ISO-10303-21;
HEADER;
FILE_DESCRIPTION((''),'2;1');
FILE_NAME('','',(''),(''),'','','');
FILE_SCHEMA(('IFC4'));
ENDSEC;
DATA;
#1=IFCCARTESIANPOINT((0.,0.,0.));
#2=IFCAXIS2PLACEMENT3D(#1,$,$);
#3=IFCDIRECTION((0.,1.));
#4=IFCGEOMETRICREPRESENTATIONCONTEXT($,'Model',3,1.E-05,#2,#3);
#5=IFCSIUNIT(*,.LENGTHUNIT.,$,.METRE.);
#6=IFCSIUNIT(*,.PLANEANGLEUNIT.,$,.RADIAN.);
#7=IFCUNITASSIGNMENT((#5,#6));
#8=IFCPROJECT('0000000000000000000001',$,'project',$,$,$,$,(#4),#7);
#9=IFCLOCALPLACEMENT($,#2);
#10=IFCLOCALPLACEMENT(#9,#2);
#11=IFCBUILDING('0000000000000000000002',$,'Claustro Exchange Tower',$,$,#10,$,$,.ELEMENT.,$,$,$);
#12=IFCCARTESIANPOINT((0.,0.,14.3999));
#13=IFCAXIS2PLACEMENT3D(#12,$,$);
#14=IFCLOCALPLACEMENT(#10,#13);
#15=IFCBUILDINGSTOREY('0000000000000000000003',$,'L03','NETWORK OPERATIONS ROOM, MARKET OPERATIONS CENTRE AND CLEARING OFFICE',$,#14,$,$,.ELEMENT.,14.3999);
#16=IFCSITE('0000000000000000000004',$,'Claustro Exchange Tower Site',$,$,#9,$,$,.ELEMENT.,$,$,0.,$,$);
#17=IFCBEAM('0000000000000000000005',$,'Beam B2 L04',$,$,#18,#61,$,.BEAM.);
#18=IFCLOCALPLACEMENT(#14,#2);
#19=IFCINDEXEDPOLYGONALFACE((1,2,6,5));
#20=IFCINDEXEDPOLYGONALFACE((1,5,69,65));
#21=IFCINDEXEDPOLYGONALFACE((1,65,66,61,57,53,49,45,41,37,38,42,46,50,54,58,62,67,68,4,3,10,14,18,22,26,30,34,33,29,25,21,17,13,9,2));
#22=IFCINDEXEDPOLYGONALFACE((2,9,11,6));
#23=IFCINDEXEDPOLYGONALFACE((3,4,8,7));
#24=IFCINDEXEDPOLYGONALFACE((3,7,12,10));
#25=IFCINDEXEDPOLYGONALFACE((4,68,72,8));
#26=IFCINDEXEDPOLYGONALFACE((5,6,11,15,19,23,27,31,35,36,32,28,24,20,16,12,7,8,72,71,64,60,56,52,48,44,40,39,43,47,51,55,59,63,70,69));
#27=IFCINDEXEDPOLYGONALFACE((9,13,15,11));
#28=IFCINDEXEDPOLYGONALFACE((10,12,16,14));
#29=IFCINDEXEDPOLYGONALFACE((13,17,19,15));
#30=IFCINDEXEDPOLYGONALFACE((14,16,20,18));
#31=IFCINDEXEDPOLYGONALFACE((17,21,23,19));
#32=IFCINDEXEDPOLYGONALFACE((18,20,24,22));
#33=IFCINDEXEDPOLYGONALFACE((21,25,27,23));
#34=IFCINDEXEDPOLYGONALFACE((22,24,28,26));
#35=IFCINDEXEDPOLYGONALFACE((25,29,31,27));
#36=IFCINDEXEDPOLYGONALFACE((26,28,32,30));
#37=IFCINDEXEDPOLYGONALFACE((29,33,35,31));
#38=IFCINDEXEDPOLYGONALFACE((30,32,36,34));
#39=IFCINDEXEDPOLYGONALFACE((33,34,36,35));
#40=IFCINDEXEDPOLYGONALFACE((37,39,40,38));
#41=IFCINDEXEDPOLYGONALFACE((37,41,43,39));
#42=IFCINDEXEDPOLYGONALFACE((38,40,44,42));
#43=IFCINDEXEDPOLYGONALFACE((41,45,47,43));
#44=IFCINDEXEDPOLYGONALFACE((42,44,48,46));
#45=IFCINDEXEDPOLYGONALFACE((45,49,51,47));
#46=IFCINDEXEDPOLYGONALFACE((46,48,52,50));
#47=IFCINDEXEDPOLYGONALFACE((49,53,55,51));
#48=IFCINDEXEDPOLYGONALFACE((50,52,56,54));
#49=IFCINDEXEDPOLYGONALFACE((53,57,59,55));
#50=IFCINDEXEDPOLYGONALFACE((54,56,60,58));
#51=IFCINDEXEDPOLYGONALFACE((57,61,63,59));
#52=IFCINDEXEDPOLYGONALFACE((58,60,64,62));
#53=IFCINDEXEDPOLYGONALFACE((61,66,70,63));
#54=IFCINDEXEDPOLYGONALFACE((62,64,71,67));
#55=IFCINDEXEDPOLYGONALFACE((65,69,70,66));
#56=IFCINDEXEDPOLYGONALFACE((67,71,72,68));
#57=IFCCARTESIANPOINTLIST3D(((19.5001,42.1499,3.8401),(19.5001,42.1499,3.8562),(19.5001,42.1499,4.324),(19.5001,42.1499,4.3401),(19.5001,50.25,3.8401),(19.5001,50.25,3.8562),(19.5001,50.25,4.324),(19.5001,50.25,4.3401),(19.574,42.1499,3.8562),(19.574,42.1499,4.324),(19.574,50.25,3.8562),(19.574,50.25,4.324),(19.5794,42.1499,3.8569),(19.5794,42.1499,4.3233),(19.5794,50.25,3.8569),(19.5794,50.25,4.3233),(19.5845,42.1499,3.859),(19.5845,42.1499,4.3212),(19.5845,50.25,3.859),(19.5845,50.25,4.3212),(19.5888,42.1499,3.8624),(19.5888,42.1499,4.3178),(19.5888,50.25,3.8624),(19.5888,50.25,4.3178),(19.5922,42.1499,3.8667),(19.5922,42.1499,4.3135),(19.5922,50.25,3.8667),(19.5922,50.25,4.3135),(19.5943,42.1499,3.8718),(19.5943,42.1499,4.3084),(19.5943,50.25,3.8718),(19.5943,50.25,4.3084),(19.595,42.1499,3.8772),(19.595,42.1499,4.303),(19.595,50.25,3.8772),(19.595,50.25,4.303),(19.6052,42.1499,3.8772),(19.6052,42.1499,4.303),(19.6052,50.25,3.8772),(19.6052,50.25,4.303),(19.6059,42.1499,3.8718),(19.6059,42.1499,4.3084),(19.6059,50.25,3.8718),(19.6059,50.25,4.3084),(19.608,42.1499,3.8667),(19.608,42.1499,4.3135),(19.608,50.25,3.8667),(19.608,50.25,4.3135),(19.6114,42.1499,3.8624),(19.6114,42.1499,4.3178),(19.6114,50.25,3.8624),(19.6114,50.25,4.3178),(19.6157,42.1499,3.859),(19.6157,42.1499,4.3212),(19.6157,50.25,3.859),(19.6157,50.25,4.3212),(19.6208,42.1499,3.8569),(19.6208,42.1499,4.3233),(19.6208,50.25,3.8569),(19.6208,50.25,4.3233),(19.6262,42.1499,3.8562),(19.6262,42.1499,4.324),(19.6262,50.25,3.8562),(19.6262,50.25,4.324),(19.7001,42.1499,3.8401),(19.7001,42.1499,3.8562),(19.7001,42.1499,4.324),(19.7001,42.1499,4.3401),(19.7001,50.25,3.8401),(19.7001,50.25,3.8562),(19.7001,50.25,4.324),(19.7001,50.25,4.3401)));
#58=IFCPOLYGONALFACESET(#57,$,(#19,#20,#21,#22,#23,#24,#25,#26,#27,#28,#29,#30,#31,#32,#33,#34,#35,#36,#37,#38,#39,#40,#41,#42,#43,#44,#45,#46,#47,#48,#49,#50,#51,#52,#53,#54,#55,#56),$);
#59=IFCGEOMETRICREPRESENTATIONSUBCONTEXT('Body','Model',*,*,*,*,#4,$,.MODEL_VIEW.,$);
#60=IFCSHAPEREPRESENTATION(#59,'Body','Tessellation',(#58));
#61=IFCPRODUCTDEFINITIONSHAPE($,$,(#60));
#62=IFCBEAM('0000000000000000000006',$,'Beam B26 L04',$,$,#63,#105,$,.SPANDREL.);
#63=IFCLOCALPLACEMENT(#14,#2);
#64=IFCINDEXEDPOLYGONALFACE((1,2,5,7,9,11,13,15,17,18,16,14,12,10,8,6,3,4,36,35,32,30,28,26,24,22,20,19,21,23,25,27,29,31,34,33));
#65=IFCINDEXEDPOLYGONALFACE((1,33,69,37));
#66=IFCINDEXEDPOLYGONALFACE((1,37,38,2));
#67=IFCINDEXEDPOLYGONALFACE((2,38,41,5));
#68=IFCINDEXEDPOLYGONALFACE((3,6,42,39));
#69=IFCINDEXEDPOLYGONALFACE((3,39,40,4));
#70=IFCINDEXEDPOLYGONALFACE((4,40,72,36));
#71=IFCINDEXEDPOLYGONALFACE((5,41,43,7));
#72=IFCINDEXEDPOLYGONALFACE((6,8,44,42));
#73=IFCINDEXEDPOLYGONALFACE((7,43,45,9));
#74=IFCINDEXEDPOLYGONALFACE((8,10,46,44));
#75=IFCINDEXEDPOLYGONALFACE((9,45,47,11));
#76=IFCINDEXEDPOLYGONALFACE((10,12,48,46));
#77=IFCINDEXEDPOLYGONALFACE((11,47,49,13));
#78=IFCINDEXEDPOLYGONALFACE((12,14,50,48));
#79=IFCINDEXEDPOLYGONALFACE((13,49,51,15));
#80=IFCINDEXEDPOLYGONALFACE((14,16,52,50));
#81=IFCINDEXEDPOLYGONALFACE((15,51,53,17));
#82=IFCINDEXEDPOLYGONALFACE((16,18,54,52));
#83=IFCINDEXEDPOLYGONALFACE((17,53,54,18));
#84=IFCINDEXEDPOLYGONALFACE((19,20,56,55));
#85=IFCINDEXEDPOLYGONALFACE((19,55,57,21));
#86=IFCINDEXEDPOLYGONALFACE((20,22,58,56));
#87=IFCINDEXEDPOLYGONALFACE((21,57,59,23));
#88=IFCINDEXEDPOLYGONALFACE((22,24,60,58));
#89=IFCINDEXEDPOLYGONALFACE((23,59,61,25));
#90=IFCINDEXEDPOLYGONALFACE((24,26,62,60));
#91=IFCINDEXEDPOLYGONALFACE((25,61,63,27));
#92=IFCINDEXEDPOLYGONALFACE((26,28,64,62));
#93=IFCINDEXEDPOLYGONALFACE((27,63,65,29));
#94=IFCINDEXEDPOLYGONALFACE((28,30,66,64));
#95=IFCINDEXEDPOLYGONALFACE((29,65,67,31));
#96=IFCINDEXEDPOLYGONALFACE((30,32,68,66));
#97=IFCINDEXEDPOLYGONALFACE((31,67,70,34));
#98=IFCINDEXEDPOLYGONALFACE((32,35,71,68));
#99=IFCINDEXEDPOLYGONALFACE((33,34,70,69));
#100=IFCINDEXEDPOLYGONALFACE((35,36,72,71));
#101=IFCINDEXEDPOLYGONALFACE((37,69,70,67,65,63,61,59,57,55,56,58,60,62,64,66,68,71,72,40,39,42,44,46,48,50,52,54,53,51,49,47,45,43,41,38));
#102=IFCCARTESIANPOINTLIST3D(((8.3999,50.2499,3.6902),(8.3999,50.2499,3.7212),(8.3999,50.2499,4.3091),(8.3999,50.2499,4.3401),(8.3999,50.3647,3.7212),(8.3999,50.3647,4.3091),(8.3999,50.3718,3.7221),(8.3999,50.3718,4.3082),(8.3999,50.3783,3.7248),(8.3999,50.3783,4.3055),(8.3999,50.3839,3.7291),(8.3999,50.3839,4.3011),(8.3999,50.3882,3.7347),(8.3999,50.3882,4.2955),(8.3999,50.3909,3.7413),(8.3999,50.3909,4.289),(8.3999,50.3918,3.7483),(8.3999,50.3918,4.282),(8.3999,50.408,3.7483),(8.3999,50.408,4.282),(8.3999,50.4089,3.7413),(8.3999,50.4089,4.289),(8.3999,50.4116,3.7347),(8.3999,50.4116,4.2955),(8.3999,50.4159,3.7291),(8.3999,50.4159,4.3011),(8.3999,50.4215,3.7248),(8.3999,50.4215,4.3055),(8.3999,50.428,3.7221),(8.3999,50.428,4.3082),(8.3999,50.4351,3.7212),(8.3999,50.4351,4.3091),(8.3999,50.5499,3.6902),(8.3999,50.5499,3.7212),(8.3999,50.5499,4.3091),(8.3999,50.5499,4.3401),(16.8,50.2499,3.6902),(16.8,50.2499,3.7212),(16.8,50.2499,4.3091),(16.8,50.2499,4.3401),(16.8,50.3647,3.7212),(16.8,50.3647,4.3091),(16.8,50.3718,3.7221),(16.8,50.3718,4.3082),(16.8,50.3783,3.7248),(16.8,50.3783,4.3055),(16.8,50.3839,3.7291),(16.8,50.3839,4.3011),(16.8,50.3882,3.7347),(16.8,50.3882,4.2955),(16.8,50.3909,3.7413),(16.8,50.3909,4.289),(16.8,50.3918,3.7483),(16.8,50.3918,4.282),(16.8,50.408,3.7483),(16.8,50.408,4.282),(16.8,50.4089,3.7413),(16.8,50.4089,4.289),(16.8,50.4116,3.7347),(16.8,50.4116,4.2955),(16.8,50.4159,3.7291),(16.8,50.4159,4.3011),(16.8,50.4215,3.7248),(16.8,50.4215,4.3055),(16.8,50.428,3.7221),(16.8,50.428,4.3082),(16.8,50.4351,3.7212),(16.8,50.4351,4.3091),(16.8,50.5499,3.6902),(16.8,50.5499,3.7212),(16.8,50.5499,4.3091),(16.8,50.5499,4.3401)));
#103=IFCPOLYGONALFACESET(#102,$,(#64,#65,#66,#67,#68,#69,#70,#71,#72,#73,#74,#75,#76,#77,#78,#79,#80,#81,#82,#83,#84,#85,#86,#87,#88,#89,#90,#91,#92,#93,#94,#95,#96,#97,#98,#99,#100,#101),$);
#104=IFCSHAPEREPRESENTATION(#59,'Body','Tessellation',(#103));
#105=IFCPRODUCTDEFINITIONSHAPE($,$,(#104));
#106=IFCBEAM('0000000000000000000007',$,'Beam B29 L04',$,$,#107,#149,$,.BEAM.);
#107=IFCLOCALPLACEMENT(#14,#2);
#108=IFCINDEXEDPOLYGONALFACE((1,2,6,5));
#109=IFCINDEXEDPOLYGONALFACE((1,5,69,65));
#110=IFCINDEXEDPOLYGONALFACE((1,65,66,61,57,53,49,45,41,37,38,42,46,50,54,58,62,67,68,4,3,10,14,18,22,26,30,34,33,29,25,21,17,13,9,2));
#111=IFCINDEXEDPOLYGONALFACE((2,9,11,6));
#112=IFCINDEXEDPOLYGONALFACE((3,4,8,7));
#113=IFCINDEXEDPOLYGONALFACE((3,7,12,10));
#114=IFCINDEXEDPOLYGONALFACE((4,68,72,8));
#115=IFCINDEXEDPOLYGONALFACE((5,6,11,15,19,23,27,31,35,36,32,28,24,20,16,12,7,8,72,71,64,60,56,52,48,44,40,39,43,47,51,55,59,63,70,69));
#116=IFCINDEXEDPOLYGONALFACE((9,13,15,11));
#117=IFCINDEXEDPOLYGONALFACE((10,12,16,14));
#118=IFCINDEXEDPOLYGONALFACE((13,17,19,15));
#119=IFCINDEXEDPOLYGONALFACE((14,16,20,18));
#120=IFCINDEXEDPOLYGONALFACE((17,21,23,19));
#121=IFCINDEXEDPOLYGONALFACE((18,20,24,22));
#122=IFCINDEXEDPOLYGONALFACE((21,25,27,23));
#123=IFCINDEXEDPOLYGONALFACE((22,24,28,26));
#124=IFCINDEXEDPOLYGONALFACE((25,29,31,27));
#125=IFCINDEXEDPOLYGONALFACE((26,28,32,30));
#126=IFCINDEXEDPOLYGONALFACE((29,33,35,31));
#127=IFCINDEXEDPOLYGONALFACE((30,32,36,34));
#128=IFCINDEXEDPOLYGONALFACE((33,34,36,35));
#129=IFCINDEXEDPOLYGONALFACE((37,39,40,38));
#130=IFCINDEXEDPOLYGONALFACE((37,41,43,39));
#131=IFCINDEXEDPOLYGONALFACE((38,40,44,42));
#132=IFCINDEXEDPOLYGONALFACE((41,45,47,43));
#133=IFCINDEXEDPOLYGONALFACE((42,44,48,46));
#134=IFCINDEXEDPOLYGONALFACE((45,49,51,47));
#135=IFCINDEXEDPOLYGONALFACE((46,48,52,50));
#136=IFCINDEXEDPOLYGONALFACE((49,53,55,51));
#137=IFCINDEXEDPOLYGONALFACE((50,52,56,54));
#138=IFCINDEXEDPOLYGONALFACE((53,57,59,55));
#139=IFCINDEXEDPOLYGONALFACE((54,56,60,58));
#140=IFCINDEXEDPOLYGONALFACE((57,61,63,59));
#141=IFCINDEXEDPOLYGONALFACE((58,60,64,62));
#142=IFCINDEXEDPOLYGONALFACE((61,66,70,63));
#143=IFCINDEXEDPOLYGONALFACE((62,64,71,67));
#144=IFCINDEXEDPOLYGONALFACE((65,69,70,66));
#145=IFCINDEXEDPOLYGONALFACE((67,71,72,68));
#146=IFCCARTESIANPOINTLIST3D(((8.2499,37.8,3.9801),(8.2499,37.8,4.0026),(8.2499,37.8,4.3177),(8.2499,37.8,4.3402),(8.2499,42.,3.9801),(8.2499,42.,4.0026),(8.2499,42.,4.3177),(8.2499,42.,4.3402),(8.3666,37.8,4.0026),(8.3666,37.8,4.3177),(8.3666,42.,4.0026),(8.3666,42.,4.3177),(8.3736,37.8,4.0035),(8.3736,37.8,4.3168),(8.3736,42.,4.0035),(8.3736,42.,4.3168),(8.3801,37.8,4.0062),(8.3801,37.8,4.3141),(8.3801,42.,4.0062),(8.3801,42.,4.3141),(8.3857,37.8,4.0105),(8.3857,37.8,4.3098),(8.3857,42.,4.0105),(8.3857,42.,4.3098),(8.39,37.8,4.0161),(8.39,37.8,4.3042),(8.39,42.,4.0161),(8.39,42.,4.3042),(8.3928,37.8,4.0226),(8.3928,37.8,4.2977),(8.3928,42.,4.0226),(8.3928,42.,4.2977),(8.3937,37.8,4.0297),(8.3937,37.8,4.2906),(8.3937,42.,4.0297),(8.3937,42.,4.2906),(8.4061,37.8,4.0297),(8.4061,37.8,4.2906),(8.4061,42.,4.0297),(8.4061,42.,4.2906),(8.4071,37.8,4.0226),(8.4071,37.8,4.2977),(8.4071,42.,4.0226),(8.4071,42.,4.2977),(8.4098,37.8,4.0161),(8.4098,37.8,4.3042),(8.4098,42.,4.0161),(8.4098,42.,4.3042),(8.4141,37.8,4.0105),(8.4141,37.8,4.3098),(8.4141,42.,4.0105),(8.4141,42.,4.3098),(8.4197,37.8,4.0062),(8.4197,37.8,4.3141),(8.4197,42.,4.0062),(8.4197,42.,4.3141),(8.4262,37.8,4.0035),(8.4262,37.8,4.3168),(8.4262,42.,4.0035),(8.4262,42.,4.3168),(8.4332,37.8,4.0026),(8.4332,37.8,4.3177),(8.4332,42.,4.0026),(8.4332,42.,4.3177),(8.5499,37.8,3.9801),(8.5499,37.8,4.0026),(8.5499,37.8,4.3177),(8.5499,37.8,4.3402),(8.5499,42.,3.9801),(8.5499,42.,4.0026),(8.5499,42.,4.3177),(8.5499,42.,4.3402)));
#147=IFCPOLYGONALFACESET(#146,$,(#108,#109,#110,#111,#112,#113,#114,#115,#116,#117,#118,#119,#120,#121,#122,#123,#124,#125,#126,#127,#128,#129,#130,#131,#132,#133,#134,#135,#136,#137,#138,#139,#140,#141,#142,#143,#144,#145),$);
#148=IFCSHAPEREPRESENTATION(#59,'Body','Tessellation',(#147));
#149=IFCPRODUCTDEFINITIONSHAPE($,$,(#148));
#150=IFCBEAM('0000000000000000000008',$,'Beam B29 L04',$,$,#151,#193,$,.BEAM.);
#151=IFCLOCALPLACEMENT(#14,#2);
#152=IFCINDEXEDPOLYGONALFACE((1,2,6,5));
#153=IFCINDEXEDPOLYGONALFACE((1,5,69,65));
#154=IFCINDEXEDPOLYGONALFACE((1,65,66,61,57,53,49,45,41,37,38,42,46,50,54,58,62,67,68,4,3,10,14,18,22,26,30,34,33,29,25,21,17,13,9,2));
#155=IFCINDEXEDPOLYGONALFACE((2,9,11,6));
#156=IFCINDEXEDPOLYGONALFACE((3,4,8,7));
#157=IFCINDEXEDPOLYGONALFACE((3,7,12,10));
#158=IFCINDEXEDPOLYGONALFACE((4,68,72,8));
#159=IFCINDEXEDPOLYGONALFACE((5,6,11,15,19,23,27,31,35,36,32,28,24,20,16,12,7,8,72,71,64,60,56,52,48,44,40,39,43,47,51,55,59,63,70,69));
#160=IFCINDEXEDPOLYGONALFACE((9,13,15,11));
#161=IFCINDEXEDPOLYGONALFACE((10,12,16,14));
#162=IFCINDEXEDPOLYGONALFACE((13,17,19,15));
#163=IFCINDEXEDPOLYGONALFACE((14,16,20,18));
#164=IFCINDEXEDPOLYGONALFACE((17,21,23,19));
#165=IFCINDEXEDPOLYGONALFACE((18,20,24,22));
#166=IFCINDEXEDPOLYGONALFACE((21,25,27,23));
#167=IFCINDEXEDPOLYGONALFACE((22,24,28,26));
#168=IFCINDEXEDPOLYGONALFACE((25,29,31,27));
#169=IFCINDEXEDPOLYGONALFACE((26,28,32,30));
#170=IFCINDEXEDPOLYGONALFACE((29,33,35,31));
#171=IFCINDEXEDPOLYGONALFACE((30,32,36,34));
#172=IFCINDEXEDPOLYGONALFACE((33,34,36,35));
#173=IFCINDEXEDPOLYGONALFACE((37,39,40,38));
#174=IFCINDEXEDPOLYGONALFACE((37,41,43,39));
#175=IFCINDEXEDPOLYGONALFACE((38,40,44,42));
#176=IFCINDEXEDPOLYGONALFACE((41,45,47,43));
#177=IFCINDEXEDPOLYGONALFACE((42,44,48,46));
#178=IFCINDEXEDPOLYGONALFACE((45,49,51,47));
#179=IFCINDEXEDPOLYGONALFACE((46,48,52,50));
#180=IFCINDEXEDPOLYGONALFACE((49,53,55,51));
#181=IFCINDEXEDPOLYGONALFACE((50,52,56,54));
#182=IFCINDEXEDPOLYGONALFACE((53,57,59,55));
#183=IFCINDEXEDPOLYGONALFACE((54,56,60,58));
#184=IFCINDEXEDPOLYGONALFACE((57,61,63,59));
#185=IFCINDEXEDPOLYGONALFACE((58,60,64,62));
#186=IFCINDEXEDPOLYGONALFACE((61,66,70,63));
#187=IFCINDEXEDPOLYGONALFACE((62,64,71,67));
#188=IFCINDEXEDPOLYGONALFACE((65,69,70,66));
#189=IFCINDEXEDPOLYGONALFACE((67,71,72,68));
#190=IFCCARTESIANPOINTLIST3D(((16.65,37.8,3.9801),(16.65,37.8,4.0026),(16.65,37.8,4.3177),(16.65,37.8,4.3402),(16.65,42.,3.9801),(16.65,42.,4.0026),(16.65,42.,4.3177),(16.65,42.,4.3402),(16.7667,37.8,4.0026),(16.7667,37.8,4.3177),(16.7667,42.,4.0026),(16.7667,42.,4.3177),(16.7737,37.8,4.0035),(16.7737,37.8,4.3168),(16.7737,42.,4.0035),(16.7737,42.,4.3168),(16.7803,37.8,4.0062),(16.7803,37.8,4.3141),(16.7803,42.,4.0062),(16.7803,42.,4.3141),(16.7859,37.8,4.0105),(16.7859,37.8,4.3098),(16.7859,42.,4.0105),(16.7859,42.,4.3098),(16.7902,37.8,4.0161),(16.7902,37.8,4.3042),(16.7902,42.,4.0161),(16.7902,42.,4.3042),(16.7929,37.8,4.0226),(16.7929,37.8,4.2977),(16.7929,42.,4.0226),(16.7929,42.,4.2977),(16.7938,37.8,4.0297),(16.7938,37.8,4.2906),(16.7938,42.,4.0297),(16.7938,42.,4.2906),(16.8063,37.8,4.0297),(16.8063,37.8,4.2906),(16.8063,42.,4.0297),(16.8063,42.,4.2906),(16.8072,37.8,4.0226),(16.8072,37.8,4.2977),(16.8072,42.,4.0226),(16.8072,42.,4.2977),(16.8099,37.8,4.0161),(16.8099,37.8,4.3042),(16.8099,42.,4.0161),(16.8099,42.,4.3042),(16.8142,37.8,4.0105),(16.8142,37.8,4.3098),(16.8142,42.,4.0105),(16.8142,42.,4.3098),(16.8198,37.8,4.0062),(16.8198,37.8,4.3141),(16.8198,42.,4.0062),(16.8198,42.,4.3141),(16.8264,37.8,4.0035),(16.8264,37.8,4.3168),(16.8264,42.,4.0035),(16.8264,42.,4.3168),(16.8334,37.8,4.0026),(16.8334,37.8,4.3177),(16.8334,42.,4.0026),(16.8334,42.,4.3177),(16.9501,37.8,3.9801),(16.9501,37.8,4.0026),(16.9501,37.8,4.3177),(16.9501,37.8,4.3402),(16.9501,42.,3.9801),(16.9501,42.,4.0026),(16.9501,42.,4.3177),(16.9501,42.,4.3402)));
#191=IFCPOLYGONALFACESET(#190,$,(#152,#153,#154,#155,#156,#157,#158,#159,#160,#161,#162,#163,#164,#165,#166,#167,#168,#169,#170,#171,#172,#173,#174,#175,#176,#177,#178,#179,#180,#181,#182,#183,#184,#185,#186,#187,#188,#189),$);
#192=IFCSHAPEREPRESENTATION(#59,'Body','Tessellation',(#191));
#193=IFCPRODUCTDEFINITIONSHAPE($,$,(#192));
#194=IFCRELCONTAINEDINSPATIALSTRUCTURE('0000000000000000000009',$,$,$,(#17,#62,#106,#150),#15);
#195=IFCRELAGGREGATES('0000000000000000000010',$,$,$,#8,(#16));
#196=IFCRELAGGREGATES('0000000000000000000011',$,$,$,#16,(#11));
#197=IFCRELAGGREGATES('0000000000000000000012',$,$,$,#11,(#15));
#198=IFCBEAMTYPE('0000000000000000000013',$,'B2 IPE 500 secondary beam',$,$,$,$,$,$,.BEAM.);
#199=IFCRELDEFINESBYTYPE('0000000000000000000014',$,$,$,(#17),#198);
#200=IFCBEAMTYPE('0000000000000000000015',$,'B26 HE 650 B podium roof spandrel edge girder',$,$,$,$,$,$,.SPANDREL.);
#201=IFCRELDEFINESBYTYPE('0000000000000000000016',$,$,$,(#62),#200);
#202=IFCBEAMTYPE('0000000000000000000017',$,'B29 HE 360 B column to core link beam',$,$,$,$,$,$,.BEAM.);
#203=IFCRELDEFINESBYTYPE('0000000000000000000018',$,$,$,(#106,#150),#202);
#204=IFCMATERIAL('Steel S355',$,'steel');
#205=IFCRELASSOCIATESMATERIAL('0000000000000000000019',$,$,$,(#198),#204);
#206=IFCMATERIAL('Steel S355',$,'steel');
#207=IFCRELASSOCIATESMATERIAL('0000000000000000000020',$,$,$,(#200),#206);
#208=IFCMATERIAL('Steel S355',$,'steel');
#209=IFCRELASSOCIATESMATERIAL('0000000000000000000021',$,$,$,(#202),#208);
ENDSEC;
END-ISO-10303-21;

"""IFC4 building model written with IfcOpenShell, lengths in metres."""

from ifc_helpers import new_model, si_unit, direction, frame, origin, origin_2d, place, context, subcontext, project, spatial, i_section, extrude, material, material_profile, profile_set, type_object, element, save


model = new_model("IFC4")

# Units and contexts
model_context = context("Model", 3, precision=1e-05, world=origin(), true_north=direction((0.0, 1.0)))
body_context = subcontext(model_context, "Body", "Model", "MODEL_VIEW")
ifc_project = project(units=[si_unit("LENGTHUNIT", "METRE"), si_unit("PLANEANGLEUNIT", "RADIAN")], contexts=[model_context])

# Site, building, storey
site_placement = place(None, origin())
site = spatial("IfcSite", under=ifc_project, at=site_placement, Name="Claustro Exchange Tower Site", CompositionType="ELEMENT", RefElevation=0.0)
building_placement = place(site_placement, origin())
building = spatial("IfcBuilding", under=site, at=building_placement, Name="Claustro Exchange Tower", CompositionType="ELEMENT")
storey_placement = place(building_placement, frame((0.0, 0.0, 14.3999)))
storey = spatial("IfcBuildingStorey", under=building, at=storey_placement, Name="L03", Description="NETWORK OPERATIONS ROOM, MARKET OPERATIONS CENTRE AND CLEARING OFFICE", CompositionType="ELEMENT", Elevation=14.3999)

# Beams
ifc_material_1 = material(Name="Steel S355", Category="steel")
ifc_material_profile_1 = material_profile(ifc_material_1, i_section(OverallWidth=0.2, OverallDepth=0.5, WebThickness=0.0103, FlangeThickness=0.0161, FilletRadius=0.021, at=origin_2d()), Name="IPE 500")
ifc_profile_set_1 = profile_set([ifc_material_profile_1], Name="Steel S355")
beam_type_1 = type_object("IfcBeamType", Name="B2 IPE 500 secondary beam", PredefinedType="BEAM", material=ifc_profile_set_1)
for number, where, z_axis, x_axis, name in (
    (1, (19.6001, 42.1499, 4.0901), (0.0, 1.0, 0.0), (-1.0, 0.0, 0.0), "Beam B2 L04"),
):
    element("IfcBeam", number, at=place(storey_placement, frame(where, z_axis=z_axis, x_axis=x_axis)), inside=storey, type_object=beam_type_1, Name=name, PredefinedType="BEAM", context=body_context, shape_type="SweptSolid", body=[
        extrude(i_section(OverallWidth=0.2, OverallDepth=0.5, WebThickness=0.0103, FlangeThickness=0.0161, FilletRadius=0.021, at=origin_2d()), origin(), (0.0, 0.0, 1.0), 8.1001),
    ])
ifc_material_2 = material(Name="Steel S355", Category="steel")
ifc_material_profile_2 = material_profile(ifc_material_2, i_section(OverallWidth=0.3, OverallDepth=0.6499, WebThickness=0.0161, FlangeThickness=0.031, FilletRadius=0.0271, at=origin_2d()), Name="HE 650 B")
ifc_profile_set_2 = profile_set([ifc_material_profile_2], Name="Steel S355")
beam_type_2 = type_object("IfcBeamType", Name="B26 HE 650 B podium roof spandrel edge girder", PredefinedType="SPANDREL", material=ifc_profile_set_2)
beam_1_placement = place(storey_placement, frame((8.3999, 50.3999, 4.0151), z_axis=(1.0, 0.0, 0.0), x_axis=(0.0, 1.0, 0.0)))
element("IfcBeam", 2, at=beam_1_placement, inside=storey, type_object=beam_type_2, Name="Beam B26 L04", PredefinedType="SPANDREL", context=body_context, shape_type="SweptSolid", body=[
    extrude(i_section(OverallWidth=0.3, OverallDepth=0.6499, WebThickness=0.0161, FlangeThickness=0.031, FilletRadius=0.0271, at=origin_2d()), origin(), (0.0, 0.0, 1.0), 8.4001),
])
ifc_material_3 = material(Name="Steel S355", Category="steel")
ifc_material_profile_3 = material_profile(ifc_material_3, i_section(OverallWidth=0.3, OverallDepth=0.3601, WebThickness=0.0125, FlangeThickness=0.0225, FilletRadius=0.0271, at=origin_2d()), Name="HE 360 B")
ifc_profile_set_3 = profile_set([ifc_material_profile_3], Name="Steel S355")
beam_type_3 = type_object("IfcBeamType", Name="B29 HE 360 B column to core link beam", PredefinedType="BEAM", material=ifc_profile_set_3)
for number, where, z_axis, x_axis, name in (
    (3, (8.3999, 37.8, 4.1602), (0.0, 1.0, 0.0), (-1.0, 0.0, 0.0), "Beam B29 L04"),
    (4, (16.8, 37.8, 4.1602), (0.0, 1.0, 0.0), (-1.0, 0.0, 0.0), "Beam B29 L04"),
):
    element("IfcBeam", number, at=place(storey_placement, frame(where, z_axis=z_axis, x_axis=x_axis)), inside=storey, type_object=beam_type_3, Name=name, PredefinedType="BEAM", context=body_context, shape_type="SweptSolid", body=[
        extrude(i_section(OverallWidth=0.3, OverallDepth=0.3601, WebThickness=0.0125, FlangeThickness=0.0225, FilletRadius=0.0271, at=origin_2d()), origin(), (0.0, 0.0, 1.0), 4.2),
    ])

save(model, "model.ifc")
